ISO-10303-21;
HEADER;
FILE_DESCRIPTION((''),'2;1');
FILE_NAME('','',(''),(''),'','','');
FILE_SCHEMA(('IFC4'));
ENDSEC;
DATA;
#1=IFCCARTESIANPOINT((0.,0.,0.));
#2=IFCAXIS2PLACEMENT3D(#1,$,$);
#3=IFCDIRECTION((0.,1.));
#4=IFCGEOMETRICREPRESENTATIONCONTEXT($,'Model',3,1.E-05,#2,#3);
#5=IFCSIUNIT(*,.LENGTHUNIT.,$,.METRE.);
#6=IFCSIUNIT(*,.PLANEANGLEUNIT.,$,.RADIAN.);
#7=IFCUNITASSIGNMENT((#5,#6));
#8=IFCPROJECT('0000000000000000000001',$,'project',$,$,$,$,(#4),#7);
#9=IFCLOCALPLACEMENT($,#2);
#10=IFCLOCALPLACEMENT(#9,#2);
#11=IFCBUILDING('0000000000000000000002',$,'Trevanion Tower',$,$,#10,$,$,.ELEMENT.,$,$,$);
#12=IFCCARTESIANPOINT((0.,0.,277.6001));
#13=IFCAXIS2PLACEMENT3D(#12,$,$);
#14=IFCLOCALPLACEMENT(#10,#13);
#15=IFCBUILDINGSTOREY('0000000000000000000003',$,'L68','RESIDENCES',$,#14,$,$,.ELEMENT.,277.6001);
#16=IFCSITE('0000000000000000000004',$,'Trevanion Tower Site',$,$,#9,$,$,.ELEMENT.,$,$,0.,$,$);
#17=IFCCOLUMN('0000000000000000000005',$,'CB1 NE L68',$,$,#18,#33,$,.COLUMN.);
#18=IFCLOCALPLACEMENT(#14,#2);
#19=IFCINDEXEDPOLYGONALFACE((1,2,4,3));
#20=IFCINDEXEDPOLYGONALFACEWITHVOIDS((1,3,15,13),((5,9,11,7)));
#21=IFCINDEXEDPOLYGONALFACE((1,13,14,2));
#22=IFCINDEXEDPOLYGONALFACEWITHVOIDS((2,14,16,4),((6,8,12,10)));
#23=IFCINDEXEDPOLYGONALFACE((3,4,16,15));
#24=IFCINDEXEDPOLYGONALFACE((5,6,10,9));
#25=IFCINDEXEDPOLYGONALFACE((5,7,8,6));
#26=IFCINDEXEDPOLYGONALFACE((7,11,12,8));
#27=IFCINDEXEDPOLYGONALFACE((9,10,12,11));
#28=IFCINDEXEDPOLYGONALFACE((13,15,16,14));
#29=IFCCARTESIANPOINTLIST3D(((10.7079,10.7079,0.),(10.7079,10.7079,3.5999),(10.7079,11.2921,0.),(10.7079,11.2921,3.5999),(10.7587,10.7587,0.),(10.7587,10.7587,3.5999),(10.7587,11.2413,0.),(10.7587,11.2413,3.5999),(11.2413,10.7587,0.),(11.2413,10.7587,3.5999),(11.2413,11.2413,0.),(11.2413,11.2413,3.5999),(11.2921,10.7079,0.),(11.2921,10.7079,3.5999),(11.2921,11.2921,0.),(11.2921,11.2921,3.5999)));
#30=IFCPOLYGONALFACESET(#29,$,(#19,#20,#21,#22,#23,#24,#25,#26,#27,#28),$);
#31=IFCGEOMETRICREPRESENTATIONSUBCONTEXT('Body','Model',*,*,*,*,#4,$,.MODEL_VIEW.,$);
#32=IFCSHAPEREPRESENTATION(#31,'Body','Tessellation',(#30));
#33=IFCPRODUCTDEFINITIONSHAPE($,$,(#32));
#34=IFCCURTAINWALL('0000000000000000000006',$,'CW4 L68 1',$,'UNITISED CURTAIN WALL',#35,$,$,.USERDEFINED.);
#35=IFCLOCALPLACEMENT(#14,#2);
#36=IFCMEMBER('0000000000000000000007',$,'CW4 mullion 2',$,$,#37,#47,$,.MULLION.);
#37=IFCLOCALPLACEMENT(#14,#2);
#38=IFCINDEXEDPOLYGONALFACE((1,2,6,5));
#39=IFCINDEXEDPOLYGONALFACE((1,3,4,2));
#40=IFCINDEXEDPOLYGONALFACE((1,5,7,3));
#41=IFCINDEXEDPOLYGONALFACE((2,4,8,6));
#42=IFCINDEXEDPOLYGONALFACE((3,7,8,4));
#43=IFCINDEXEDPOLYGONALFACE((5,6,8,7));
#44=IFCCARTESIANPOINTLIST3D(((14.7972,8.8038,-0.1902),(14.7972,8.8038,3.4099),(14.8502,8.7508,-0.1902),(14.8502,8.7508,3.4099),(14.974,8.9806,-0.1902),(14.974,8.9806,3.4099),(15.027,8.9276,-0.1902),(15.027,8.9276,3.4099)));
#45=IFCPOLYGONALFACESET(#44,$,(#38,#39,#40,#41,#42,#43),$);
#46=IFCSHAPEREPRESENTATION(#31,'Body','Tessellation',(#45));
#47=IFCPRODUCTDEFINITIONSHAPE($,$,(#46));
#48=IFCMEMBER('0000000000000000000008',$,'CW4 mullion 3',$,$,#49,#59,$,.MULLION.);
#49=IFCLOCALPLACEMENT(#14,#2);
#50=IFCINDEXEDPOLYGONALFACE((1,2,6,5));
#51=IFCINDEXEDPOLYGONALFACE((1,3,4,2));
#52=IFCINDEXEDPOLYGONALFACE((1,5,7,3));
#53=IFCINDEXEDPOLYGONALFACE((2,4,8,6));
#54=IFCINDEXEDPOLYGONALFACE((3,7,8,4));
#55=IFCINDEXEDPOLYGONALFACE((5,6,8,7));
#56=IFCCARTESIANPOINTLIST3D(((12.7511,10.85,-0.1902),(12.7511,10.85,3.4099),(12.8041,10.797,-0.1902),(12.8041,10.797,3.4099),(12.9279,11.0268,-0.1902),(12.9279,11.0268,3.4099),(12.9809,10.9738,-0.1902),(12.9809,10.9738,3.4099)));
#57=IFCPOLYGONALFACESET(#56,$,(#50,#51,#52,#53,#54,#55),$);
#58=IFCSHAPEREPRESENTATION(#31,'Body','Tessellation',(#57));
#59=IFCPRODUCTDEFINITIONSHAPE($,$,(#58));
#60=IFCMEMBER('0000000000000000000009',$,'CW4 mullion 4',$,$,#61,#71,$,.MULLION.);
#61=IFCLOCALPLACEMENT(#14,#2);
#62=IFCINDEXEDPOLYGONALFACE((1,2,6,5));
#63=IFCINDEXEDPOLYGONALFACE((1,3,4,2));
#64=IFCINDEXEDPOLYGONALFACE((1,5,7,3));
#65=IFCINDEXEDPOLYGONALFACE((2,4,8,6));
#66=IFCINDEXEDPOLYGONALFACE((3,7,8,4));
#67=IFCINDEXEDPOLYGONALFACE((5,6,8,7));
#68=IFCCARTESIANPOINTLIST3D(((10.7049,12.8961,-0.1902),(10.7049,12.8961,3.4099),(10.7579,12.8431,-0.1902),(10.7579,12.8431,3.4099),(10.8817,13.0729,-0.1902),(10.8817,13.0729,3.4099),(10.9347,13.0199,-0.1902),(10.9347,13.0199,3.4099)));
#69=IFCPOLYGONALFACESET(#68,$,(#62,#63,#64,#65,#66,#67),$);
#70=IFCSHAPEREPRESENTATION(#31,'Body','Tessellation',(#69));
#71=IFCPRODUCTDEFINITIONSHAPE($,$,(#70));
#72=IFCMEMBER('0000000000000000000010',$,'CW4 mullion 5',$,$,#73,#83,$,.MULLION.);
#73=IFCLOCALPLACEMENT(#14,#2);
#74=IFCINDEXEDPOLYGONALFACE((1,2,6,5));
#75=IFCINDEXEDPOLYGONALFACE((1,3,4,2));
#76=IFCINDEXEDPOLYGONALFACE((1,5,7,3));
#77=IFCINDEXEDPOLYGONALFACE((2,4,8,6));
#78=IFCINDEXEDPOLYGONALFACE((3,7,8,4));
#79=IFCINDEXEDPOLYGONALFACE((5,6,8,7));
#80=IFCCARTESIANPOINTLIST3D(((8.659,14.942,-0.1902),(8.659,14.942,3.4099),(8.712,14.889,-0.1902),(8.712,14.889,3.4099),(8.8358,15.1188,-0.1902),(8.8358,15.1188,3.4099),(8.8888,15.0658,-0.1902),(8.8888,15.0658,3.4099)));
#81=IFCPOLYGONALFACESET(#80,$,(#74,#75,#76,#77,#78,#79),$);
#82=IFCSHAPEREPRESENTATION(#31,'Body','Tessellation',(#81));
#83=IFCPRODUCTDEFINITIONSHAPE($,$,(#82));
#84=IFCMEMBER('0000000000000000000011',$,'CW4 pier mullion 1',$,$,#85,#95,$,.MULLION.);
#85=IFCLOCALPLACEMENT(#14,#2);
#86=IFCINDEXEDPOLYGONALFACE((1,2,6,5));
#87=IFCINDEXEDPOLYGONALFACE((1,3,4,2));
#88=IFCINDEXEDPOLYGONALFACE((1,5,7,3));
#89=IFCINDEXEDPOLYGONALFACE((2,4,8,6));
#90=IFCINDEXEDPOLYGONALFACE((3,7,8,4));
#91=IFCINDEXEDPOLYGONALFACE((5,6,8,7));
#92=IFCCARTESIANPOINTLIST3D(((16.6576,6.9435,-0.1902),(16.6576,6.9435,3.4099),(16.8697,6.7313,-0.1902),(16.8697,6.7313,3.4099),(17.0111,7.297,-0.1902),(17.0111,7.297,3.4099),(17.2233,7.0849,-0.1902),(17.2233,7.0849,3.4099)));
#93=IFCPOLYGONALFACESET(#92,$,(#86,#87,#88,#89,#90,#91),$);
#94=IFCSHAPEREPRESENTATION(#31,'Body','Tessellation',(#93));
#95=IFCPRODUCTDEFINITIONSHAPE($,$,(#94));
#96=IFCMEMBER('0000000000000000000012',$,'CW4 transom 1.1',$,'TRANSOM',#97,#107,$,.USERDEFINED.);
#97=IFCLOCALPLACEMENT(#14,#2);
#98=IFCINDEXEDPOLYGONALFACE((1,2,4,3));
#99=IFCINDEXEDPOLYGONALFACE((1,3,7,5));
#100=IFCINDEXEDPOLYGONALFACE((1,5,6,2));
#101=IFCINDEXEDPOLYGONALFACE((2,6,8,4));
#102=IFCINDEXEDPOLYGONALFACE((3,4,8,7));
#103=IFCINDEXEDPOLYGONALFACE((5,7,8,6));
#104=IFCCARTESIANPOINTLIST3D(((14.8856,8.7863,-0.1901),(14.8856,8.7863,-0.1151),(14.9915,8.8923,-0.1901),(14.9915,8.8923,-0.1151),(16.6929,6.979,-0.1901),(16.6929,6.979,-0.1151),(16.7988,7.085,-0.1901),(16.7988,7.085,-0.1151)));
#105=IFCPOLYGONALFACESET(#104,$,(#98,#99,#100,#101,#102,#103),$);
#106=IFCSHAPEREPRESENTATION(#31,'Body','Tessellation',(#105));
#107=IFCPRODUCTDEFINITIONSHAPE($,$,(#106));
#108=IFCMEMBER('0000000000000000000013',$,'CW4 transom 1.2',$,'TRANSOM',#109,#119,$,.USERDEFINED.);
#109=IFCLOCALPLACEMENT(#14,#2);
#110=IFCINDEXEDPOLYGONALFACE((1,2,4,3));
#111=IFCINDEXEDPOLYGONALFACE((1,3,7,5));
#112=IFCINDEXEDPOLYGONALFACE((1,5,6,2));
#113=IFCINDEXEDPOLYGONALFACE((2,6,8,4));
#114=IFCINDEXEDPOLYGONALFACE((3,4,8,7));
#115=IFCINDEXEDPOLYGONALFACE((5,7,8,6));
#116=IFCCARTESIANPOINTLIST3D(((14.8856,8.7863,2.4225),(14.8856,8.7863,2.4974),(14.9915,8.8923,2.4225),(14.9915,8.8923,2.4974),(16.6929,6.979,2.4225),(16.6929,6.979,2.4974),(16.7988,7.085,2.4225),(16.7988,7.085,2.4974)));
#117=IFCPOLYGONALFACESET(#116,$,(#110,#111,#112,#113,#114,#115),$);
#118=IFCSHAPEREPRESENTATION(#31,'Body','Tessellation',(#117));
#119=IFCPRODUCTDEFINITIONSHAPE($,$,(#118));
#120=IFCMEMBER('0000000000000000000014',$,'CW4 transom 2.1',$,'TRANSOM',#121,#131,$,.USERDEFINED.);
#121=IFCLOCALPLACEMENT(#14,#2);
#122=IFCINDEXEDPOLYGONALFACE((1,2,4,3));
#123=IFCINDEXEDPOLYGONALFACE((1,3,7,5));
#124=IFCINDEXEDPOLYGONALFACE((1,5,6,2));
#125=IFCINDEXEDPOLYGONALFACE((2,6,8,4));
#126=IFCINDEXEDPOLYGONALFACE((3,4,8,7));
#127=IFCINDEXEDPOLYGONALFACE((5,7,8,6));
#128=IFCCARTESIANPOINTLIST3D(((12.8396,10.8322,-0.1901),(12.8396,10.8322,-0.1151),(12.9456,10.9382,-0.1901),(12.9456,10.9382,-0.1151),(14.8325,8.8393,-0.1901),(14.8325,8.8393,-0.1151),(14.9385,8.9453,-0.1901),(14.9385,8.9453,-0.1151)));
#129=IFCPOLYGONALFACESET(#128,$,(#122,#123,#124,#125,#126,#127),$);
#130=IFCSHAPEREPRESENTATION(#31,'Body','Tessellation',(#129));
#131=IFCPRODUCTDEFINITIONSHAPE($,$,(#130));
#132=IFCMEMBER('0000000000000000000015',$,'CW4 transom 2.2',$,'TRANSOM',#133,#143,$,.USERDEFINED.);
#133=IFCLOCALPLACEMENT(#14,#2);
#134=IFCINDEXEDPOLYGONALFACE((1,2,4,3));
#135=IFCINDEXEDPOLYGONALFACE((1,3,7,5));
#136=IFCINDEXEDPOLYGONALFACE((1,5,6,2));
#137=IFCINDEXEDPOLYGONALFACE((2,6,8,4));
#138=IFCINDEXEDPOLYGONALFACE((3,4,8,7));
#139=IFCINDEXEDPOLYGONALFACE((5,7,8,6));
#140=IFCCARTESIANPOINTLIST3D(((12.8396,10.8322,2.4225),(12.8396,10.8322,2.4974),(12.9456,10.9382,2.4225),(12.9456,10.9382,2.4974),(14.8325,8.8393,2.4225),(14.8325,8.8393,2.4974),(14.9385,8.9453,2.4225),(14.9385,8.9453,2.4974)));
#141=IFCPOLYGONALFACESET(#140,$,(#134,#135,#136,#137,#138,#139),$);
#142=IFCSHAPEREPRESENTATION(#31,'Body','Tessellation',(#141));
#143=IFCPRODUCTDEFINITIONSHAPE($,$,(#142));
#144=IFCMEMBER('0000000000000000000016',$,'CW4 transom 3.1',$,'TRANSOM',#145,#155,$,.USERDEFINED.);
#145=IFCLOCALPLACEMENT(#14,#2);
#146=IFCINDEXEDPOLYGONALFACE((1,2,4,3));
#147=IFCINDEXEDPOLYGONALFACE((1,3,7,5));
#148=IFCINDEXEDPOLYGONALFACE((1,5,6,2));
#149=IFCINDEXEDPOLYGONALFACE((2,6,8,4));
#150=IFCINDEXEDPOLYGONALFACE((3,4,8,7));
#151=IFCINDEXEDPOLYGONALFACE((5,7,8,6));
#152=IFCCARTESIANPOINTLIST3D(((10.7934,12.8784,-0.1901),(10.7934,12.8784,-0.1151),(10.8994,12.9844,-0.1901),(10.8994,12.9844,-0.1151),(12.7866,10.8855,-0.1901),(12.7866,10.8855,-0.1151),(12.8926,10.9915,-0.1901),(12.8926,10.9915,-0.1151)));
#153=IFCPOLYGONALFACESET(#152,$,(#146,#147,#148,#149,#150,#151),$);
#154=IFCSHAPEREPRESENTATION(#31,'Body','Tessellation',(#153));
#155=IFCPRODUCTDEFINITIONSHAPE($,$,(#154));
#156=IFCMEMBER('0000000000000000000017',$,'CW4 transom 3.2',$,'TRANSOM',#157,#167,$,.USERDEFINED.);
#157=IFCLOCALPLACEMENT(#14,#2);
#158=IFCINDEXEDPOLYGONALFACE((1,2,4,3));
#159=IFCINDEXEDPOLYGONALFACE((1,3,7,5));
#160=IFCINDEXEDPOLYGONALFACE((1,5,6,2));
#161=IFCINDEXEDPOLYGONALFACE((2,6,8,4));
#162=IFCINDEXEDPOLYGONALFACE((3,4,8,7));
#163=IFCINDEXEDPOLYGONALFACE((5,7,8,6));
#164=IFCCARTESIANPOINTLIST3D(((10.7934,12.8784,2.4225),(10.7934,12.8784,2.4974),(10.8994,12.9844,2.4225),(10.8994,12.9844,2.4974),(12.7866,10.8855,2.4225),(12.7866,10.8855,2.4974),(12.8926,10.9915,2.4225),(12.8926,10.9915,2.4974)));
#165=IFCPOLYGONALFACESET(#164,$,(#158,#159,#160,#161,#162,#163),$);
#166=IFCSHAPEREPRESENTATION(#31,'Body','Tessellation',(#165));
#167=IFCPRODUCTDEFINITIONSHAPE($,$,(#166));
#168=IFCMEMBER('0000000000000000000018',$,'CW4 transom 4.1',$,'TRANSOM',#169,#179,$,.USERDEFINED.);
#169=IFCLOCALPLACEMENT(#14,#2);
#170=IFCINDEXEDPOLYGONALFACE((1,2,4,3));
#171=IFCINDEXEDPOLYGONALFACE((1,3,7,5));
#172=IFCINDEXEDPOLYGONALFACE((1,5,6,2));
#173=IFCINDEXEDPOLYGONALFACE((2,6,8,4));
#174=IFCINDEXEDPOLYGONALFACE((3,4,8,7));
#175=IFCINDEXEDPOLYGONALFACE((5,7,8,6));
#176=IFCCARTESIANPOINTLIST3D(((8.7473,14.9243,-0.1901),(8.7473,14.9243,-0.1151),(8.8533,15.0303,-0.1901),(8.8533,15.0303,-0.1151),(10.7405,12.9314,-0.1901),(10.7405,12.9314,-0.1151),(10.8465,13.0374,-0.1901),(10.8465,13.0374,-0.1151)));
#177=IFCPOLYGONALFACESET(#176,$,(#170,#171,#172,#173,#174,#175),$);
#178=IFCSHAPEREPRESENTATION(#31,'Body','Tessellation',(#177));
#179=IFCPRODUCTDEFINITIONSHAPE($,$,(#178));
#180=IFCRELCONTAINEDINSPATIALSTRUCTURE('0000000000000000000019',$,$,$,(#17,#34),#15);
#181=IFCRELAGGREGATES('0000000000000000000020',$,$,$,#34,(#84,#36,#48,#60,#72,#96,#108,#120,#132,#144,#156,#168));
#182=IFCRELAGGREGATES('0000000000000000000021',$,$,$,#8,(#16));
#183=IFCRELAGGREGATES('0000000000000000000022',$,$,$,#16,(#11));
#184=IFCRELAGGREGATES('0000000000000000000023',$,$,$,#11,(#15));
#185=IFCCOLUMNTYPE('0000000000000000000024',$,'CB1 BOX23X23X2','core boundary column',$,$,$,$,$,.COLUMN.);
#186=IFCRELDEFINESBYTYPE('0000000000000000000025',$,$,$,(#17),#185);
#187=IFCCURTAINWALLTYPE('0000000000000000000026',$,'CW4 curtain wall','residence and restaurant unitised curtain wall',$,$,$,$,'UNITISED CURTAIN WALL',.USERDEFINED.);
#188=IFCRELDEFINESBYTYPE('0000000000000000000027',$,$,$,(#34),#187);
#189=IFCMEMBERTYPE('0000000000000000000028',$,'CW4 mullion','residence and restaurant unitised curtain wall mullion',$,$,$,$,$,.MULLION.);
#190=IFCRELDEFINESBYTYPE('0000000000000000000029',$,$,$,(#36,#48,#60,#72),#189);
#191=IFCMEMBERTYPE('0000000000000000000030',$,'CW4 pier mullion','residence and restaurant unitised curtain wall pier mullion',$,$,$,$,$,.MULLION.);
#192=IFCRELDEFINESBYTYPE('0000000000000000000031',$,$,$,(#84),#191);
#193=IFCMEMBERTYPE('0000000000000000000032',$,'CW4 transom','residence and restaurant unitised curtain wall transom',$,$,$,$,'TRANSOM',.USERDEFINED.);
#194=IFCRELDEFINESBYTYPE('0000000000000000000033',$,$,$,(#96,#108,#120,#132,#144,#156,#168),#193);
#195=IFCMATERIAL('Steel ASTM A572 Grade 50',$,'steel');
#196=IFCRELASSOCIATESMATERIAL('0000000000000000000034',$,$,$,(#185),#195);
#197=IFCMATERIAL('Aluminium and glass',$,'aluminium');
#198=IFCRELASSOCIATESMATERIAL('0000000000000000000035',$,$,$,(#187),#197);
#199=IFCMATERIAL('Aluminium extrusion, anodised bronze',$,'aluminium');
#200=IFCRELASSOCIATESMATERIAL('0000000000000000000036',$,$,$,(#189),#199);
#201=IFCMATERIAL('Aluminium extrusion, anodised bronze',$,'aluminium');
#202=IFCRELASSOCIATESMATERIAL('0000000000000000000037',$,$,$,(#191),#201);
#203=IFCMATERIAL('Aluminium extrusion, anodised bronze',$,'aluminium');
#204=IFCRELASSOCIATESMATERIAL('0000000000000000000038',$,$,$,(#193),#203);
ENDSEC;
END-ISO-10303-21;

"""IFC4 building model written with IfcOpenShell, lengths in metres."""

from ifc_helpers import new_model, si_unit, direction, frame, origin, origin_2d, place, context, subcontext, project, spatial, rectangle, hollow_rectangle, extrude, material, material_profile, profile_set, type_object, element, aggregate, save


model = new_model("IFC4")

# Units and contexts
model_context = context("Model", 3, precision=1e-05, world=origin(), true_north=direction((0.0, 1.0)))
body_context = subcontext(model_context, "Body", "Model", "MODEL_VIEW")
ifc_project = project(units=[si_unit("LENGTHUNIT", "METRE"), si_unit("PLANEANGLEUNIT", "RADIAN")], contexts=[model_context])

# Site, building, storey
site_placement = place(None, origin())
site = spatial("IfcSite", under=ifc_project, at=site_placement, Name="Trevanion Tower Site", CompositionType="ELEMENT", RefElevation=0.0)
building_placement = place(site_placement, origin())
building = spatial("IfcBuilding", under=site, at=building_placement, Name="Trevanion Tower", CompositionType="ELEMENT")
storey_placement = place(building_placement, frame((0.0, 0.0, 277.6001)))
storey = spatial("IfcBuildingStorey", under=building, at=storey_placement, Name="L68", Description="RESIDENCES", CompositionType="ELEMENT", Elevation=277.6001)

# Column
ifc_material_1 = material(Name="Steel ASTM A572 Grade 50", Category="steel")
ifc_material_profile_1 = material_profile(ifc_material_1, hollow_rectangle(XDim=0.5842, YDim=0.5842, WallThickness=0.0508, at=origin_2d()), Name="BOX23X23X2")
ifc_profile_set_1 = profile_set([ifc_material_profile_1], Name="Steel ASTM A572 Grade 50")
column_type = type_object("IfcColumnType", Name="CB1 BOX23X23X2", Description="core boundary column", PredefinedType="COLUMN", material=ifc_profile_set_1)
column_placement = place(storey_placement, frame((11.0, 11.0, 0.0), z_axis=(0.0, 0.0, 1.0), x_axis=(1.0, 0.0, 0.0)))
element("IfcColumn", 1, at=column_placement, inside=storey, type_object=column_type, Name="CB1 NE L68", PredefinedType="COLUMN", context=body_context, shape_type="SweptSolid", body=[
    extrude(hollow_rectangle(XDim=0.5842, YDim=0.5842, WallThickness=0.0508, at=origin_2d()), origin(), (0.0, 0.0, 1.0), 3.5999),
])

# Curtain wall, members
ifc_material_2 = material(Name="Aluminium and glass", Category="aluminium")
curtain_wall_type = type_object("IfcCurtainWallType", Name="CW4 curtain wall", Description="residence and restaurant unitised curtain wall", ElementType="UNITISED CURTAIN WALL", PredefinedType="USERDEFINED", material=ifc_material_2)
curtain_wall_placement = place(storey_placement, origin())
curtain_wall = element("IfcCurtainWall", 2, at=curtain_wall_placement, inside=storey, type_object=curtain_wall_type, Name="CW4 L68 1", ObjectType="UNITISED CURTAIN WALL", PredefinedType="USERDEFINED")
ifc_material_3 = material(Name="Aluminium extrusion, anodised bronze", Category="aluminium")
ifc_material_profile_2 = material_profile(ifc_material_3, rectangle(XDim=0.075, YDim=0.25, at=origin_2d()), Name="CW4 mullion")
ifc_profile_set_2 = profile_set([ifc_material_profile_2], Name="Aluminium extrusion, anodised bronze")
member_type_1 = type_object("IfcMemberType", Name="CW4 mullion", Description="residence and restaurant unitised curtain wall mullion", PredefinedType="MULLION", material=ifc_profile_set_2)
member_1_placement = place(storey_placement, frame((14.9121, 8.8657, -0.1902), z_axis=(0.0, 0.0, 1.0), x_axis=(-0.707107, 0.707107, 0.0)))
member_1 = element("IfcMember", 3, at=member_1_placement, type_object=member_type_1, Name="CW4 mullion 2", PredefinedType="MULLION", context=body_context, shape_type="SweptSolid", body=[
    extrude(rectangle(XDim=0.075, YDim=0.25, at=origin_2d()), origin(), (0.0, 0.0, 1.0), 3.6001),
])
member_2_placement = place(storey_placement, frame((12.866, 10.9119, -0.1902), z_axis=(0.0, 0.0, 1.0), x_axis=(-0.707107, 0.707107, 0.0)))
member_2 = element("IfcMember", 4, at=member_2_placement, type_object=member_type_1, Name="CW4 mullion 3", PredefinedType="MULLION", context=body_context, shape_type="SweptSolid", body=[
    extrude(rectangle(XDim=0.075, YDim=0.25, at=origin_2d()), origin(), (0.0, 0.0, 1.0), 3.6001),
])
member_3_placement = place(storey_placement, frame((10.8198, 12.958, -0.1902), z_axis=(0.0, 0.0, 1.0), x_axis=(-0.707107, 0.707107, 0.0)))
member_3 = element("IfcMember", 5, at=member_3_placement, type_object=member_type_1, Name="CW4 mullion 4", PredefinedType="MULLION", context=body_context, shape_type="SweptSolid", body=[
    extrude(rectangle(XDim=0.075, YDim=0.25, at=origin_2d()), origin(), (0.0, 0.0, 1.0), 3.6001),
])
member_4_placement = place(storey_placement, frame((8.7739, 15.0039, -0.1902), z_axis=(0.0, 0.0, 1.0), x_axis=(-0.707107, 0.707107, 0.0)))
member_4 = element("IfcMember", 6, at=member_4_placement, type_object=member_type_1, Name="CW4 mullion 5", PredefinedType="MULLION", context=body_context, shape_type="SweptSolid", body=[
    extrude(rectangle(XDim=0.075, YDim=0.25, at=origin_2d()), origin(), (0.0, 0.0, 1.0), 3.6001),
])
ifc_material_4 = material(Name="Aluminium extrusion, anodised bronze", Category="aluminium")
ifc_material_profile_3 = material_profile(ifc_material_4, rectangle(XDim=0.3, YDim=0.5, at=origin_2d()), Name="CW4 pier mullion")
ifc_profile_set_3 = profile_set([ifc_material_profile_3], Name="Aluminium extrusion, anodised bronze")
member_type_2 = type_object("IfcMemberType", Name="CW4 pier mullion", Description="residence and restaurant unitised curtain wall pier mullion", PredefinedType="MULLION", material=ifc_profile_set_3)
member_5_placement = place(storey_placement, frame((16.9404, 7.0142, -0.1902), z_axis=(0.0, 0.0, 1.0), x_axis=(-0.707107, 0.707107, 0.0)))
member_5 = element("IfcMember", 7, at=member_5_placement, type_object=member_type_2, Name="CW4 pier mullion 1", PredefinedType="MULLION", context=body_context, shape_type="SweptSolid", body=[
    extrude(rectangle(XDim=0.3, YDim=0.5, at=origin_2d()), origin(), (0.0, 0.0, 1.0), 3.6001),
])
ifc_material_5 = material(Name="Aluminium extrusion, anodised bronze", Category="aluminium")
ifc_material_profile_4 = material_profile(ifc_material_5, rectangle(XDim=0.1499, YDim=0.075, at=origin_2d()), Name="CW4 transom")
ifc_profile_set_4 = profile_set([ifc_material_profile_4], Name="Aluminium extrusion, anodised bronze")
member_type_3 = type_object("IfcMemberType", Name="CW4 transom", Description="residence and restaurant unitised curtain wall transom", ElementType="TRANSOM", PredefinedType="USERDEFINED", material=ifc_profile_set_4)
member_6_placement = place(storey_placement, frame((16.7458, 7.032, -0.1526), z_axis=(-0.707107, 0.707107, 0.0), x_axis=(-0.707107, -0.707107, 0.0)))
member_6 = element("IfcMember", 8, at=member_6_placement, type_object=member_type_3, Name="CW4 transom 1.1", ObjectType="TRANSOM", PredefinedType="USERDEFINED", context=body_context, shape_type="SweptSolid", body=[
    extrude(rectangle(XDim=0.1499, YDim=0.075, at=origin_2d()), origin(), (0.0, 0.0, 1.0), 2.5559),
])
member_7_placement = place(storey_placement, frame((16.7458, 7.032, 2.46), z_axis=(-0.707107, 0.707107, 0.0), x_axis=(-0.707107, -0.707107, 0.0)))
member_7 = element("IfcMember", 9, at=member_7_placement, type_object=member_type_3, Name="CW4 transom 1.2", ObjectType="TRANSOM", PredefinedType="USERDEFINED", context=body_context, shape_type="SweptSolid", body=[
    extrude(rectangle(XDim=0.1499, YDim=0.075, at=origin_2d()), origin(), (0.0, 0.0, 1.0), 2.5559),
])
member_8_placement = place(storey_placement, frame((14.8855, 8.8923, -0.1526), z_axis=(-0.707107, 0.707107, 0.0), x_axis=(-0.707107, -0.707107, 0.0)))
member_8 = element("IfcMember", 10, at=member_8_placement, type_object=member_type_3, Name="CW4 transom 2.1", ObjectType="TRANSOM", PredefinedType="USERDEFINED", context=body_context, shape_type="SweptSolid", body=[
    extrude(rectangle(XDim=0.1499, YDim=0.075, at=origin_2d()), origin(), (0.0, 0.0, 1.0), 2.8184),
])
member_9_placement = place(storey_placement, frame((14.8855, 8.8923, 2.46), z_axis=(-0.707107, 0.707107, 0.0), x_axis=(-0.707107, -0.707107, 0.0)))
member_9 = element("IfcMember", 11, at=member_9_placement, type_object=member_type_3, Name="CW4 transom 2.2", ObjectType="TRANSOM", PredefinedType="USERDEFINED", context=body_context, shape_type="SweptSolid", body=[
    extrude(rectangle(XDim=0.1499, YDim=0.075, at=origin_2d()), origin(), (0.0, 0.0, 1.0), 2.8184),
])
member_10_placement = place(storey_placement, frame((12.8396, 10.9385, -0.1526), z_axis=(-0.70715, 0.707063, 0.0), x_axis=(-0.707063, -0.70715, 0.0)))
member_10 = element("IfcMember", 12, at=member_10_placement, type_object=member_type_3, Name="CW4 transom 3.1", ObjectType="TRANSOM", PredefinedType="USERDEFINED", context=body_context, shape_type="SweptSolid", body=[
    extrude(rectangle(XDim=0.1499, YDim=0.075, at=origin_2d()), origin(), (0.0, 0.0, 1.0), 2.8186),
])
member_11_placement = place(storey_placement, frame((12.8396, 10.9385, 2.46), z_axis=(-0.70715, 0.707063, 0.0), x_axis=(-0.707063, -0.70715, 0.0)))
member_11 = element("IfcMember", 13, at=member_11_placement, type_object=member_type_3, Name="CW4 transom 3.2", ObjectType="TRANSOM", PredefinedType="USERDEFINED", context=body_context, shape_type="SweptSolid", body=[
    extrude(rectangle(XDim=0.1499, YDim=0.075, at=origin_2d()), origin(), (0.0, 0.0, 1.0), 2.8186),
])
member_12_placement = place(storey_placement, frame((10.7935, 12.9844, -0.1526), z_axis=(-0.70715, 0.707063, 0.0), x_axis=(-0.707063, -0.70715, 0.0)))
member_12 = element("IfcMember", 14, at=member_12_placement, type_object=member_type_3, Name="CW4 transom 4.1", ObjectType="TRANSOM", PredefinedType="USERDEFINED", context=body_context, shape_type="SweptSolid", body=[
    extrude(rectangle(XDim=0.1499, YDim=0.075, at=origin_2d()), origin(), (0.0, 0.0, 1.0), 2.8186),
])
aggregate(curtain_wall, [member_5, member_1, member_2, member_3, member_4, member_6, member_7, member_8, member_9, member_10, member_11, member_12])

save(model, "model.ifc")
